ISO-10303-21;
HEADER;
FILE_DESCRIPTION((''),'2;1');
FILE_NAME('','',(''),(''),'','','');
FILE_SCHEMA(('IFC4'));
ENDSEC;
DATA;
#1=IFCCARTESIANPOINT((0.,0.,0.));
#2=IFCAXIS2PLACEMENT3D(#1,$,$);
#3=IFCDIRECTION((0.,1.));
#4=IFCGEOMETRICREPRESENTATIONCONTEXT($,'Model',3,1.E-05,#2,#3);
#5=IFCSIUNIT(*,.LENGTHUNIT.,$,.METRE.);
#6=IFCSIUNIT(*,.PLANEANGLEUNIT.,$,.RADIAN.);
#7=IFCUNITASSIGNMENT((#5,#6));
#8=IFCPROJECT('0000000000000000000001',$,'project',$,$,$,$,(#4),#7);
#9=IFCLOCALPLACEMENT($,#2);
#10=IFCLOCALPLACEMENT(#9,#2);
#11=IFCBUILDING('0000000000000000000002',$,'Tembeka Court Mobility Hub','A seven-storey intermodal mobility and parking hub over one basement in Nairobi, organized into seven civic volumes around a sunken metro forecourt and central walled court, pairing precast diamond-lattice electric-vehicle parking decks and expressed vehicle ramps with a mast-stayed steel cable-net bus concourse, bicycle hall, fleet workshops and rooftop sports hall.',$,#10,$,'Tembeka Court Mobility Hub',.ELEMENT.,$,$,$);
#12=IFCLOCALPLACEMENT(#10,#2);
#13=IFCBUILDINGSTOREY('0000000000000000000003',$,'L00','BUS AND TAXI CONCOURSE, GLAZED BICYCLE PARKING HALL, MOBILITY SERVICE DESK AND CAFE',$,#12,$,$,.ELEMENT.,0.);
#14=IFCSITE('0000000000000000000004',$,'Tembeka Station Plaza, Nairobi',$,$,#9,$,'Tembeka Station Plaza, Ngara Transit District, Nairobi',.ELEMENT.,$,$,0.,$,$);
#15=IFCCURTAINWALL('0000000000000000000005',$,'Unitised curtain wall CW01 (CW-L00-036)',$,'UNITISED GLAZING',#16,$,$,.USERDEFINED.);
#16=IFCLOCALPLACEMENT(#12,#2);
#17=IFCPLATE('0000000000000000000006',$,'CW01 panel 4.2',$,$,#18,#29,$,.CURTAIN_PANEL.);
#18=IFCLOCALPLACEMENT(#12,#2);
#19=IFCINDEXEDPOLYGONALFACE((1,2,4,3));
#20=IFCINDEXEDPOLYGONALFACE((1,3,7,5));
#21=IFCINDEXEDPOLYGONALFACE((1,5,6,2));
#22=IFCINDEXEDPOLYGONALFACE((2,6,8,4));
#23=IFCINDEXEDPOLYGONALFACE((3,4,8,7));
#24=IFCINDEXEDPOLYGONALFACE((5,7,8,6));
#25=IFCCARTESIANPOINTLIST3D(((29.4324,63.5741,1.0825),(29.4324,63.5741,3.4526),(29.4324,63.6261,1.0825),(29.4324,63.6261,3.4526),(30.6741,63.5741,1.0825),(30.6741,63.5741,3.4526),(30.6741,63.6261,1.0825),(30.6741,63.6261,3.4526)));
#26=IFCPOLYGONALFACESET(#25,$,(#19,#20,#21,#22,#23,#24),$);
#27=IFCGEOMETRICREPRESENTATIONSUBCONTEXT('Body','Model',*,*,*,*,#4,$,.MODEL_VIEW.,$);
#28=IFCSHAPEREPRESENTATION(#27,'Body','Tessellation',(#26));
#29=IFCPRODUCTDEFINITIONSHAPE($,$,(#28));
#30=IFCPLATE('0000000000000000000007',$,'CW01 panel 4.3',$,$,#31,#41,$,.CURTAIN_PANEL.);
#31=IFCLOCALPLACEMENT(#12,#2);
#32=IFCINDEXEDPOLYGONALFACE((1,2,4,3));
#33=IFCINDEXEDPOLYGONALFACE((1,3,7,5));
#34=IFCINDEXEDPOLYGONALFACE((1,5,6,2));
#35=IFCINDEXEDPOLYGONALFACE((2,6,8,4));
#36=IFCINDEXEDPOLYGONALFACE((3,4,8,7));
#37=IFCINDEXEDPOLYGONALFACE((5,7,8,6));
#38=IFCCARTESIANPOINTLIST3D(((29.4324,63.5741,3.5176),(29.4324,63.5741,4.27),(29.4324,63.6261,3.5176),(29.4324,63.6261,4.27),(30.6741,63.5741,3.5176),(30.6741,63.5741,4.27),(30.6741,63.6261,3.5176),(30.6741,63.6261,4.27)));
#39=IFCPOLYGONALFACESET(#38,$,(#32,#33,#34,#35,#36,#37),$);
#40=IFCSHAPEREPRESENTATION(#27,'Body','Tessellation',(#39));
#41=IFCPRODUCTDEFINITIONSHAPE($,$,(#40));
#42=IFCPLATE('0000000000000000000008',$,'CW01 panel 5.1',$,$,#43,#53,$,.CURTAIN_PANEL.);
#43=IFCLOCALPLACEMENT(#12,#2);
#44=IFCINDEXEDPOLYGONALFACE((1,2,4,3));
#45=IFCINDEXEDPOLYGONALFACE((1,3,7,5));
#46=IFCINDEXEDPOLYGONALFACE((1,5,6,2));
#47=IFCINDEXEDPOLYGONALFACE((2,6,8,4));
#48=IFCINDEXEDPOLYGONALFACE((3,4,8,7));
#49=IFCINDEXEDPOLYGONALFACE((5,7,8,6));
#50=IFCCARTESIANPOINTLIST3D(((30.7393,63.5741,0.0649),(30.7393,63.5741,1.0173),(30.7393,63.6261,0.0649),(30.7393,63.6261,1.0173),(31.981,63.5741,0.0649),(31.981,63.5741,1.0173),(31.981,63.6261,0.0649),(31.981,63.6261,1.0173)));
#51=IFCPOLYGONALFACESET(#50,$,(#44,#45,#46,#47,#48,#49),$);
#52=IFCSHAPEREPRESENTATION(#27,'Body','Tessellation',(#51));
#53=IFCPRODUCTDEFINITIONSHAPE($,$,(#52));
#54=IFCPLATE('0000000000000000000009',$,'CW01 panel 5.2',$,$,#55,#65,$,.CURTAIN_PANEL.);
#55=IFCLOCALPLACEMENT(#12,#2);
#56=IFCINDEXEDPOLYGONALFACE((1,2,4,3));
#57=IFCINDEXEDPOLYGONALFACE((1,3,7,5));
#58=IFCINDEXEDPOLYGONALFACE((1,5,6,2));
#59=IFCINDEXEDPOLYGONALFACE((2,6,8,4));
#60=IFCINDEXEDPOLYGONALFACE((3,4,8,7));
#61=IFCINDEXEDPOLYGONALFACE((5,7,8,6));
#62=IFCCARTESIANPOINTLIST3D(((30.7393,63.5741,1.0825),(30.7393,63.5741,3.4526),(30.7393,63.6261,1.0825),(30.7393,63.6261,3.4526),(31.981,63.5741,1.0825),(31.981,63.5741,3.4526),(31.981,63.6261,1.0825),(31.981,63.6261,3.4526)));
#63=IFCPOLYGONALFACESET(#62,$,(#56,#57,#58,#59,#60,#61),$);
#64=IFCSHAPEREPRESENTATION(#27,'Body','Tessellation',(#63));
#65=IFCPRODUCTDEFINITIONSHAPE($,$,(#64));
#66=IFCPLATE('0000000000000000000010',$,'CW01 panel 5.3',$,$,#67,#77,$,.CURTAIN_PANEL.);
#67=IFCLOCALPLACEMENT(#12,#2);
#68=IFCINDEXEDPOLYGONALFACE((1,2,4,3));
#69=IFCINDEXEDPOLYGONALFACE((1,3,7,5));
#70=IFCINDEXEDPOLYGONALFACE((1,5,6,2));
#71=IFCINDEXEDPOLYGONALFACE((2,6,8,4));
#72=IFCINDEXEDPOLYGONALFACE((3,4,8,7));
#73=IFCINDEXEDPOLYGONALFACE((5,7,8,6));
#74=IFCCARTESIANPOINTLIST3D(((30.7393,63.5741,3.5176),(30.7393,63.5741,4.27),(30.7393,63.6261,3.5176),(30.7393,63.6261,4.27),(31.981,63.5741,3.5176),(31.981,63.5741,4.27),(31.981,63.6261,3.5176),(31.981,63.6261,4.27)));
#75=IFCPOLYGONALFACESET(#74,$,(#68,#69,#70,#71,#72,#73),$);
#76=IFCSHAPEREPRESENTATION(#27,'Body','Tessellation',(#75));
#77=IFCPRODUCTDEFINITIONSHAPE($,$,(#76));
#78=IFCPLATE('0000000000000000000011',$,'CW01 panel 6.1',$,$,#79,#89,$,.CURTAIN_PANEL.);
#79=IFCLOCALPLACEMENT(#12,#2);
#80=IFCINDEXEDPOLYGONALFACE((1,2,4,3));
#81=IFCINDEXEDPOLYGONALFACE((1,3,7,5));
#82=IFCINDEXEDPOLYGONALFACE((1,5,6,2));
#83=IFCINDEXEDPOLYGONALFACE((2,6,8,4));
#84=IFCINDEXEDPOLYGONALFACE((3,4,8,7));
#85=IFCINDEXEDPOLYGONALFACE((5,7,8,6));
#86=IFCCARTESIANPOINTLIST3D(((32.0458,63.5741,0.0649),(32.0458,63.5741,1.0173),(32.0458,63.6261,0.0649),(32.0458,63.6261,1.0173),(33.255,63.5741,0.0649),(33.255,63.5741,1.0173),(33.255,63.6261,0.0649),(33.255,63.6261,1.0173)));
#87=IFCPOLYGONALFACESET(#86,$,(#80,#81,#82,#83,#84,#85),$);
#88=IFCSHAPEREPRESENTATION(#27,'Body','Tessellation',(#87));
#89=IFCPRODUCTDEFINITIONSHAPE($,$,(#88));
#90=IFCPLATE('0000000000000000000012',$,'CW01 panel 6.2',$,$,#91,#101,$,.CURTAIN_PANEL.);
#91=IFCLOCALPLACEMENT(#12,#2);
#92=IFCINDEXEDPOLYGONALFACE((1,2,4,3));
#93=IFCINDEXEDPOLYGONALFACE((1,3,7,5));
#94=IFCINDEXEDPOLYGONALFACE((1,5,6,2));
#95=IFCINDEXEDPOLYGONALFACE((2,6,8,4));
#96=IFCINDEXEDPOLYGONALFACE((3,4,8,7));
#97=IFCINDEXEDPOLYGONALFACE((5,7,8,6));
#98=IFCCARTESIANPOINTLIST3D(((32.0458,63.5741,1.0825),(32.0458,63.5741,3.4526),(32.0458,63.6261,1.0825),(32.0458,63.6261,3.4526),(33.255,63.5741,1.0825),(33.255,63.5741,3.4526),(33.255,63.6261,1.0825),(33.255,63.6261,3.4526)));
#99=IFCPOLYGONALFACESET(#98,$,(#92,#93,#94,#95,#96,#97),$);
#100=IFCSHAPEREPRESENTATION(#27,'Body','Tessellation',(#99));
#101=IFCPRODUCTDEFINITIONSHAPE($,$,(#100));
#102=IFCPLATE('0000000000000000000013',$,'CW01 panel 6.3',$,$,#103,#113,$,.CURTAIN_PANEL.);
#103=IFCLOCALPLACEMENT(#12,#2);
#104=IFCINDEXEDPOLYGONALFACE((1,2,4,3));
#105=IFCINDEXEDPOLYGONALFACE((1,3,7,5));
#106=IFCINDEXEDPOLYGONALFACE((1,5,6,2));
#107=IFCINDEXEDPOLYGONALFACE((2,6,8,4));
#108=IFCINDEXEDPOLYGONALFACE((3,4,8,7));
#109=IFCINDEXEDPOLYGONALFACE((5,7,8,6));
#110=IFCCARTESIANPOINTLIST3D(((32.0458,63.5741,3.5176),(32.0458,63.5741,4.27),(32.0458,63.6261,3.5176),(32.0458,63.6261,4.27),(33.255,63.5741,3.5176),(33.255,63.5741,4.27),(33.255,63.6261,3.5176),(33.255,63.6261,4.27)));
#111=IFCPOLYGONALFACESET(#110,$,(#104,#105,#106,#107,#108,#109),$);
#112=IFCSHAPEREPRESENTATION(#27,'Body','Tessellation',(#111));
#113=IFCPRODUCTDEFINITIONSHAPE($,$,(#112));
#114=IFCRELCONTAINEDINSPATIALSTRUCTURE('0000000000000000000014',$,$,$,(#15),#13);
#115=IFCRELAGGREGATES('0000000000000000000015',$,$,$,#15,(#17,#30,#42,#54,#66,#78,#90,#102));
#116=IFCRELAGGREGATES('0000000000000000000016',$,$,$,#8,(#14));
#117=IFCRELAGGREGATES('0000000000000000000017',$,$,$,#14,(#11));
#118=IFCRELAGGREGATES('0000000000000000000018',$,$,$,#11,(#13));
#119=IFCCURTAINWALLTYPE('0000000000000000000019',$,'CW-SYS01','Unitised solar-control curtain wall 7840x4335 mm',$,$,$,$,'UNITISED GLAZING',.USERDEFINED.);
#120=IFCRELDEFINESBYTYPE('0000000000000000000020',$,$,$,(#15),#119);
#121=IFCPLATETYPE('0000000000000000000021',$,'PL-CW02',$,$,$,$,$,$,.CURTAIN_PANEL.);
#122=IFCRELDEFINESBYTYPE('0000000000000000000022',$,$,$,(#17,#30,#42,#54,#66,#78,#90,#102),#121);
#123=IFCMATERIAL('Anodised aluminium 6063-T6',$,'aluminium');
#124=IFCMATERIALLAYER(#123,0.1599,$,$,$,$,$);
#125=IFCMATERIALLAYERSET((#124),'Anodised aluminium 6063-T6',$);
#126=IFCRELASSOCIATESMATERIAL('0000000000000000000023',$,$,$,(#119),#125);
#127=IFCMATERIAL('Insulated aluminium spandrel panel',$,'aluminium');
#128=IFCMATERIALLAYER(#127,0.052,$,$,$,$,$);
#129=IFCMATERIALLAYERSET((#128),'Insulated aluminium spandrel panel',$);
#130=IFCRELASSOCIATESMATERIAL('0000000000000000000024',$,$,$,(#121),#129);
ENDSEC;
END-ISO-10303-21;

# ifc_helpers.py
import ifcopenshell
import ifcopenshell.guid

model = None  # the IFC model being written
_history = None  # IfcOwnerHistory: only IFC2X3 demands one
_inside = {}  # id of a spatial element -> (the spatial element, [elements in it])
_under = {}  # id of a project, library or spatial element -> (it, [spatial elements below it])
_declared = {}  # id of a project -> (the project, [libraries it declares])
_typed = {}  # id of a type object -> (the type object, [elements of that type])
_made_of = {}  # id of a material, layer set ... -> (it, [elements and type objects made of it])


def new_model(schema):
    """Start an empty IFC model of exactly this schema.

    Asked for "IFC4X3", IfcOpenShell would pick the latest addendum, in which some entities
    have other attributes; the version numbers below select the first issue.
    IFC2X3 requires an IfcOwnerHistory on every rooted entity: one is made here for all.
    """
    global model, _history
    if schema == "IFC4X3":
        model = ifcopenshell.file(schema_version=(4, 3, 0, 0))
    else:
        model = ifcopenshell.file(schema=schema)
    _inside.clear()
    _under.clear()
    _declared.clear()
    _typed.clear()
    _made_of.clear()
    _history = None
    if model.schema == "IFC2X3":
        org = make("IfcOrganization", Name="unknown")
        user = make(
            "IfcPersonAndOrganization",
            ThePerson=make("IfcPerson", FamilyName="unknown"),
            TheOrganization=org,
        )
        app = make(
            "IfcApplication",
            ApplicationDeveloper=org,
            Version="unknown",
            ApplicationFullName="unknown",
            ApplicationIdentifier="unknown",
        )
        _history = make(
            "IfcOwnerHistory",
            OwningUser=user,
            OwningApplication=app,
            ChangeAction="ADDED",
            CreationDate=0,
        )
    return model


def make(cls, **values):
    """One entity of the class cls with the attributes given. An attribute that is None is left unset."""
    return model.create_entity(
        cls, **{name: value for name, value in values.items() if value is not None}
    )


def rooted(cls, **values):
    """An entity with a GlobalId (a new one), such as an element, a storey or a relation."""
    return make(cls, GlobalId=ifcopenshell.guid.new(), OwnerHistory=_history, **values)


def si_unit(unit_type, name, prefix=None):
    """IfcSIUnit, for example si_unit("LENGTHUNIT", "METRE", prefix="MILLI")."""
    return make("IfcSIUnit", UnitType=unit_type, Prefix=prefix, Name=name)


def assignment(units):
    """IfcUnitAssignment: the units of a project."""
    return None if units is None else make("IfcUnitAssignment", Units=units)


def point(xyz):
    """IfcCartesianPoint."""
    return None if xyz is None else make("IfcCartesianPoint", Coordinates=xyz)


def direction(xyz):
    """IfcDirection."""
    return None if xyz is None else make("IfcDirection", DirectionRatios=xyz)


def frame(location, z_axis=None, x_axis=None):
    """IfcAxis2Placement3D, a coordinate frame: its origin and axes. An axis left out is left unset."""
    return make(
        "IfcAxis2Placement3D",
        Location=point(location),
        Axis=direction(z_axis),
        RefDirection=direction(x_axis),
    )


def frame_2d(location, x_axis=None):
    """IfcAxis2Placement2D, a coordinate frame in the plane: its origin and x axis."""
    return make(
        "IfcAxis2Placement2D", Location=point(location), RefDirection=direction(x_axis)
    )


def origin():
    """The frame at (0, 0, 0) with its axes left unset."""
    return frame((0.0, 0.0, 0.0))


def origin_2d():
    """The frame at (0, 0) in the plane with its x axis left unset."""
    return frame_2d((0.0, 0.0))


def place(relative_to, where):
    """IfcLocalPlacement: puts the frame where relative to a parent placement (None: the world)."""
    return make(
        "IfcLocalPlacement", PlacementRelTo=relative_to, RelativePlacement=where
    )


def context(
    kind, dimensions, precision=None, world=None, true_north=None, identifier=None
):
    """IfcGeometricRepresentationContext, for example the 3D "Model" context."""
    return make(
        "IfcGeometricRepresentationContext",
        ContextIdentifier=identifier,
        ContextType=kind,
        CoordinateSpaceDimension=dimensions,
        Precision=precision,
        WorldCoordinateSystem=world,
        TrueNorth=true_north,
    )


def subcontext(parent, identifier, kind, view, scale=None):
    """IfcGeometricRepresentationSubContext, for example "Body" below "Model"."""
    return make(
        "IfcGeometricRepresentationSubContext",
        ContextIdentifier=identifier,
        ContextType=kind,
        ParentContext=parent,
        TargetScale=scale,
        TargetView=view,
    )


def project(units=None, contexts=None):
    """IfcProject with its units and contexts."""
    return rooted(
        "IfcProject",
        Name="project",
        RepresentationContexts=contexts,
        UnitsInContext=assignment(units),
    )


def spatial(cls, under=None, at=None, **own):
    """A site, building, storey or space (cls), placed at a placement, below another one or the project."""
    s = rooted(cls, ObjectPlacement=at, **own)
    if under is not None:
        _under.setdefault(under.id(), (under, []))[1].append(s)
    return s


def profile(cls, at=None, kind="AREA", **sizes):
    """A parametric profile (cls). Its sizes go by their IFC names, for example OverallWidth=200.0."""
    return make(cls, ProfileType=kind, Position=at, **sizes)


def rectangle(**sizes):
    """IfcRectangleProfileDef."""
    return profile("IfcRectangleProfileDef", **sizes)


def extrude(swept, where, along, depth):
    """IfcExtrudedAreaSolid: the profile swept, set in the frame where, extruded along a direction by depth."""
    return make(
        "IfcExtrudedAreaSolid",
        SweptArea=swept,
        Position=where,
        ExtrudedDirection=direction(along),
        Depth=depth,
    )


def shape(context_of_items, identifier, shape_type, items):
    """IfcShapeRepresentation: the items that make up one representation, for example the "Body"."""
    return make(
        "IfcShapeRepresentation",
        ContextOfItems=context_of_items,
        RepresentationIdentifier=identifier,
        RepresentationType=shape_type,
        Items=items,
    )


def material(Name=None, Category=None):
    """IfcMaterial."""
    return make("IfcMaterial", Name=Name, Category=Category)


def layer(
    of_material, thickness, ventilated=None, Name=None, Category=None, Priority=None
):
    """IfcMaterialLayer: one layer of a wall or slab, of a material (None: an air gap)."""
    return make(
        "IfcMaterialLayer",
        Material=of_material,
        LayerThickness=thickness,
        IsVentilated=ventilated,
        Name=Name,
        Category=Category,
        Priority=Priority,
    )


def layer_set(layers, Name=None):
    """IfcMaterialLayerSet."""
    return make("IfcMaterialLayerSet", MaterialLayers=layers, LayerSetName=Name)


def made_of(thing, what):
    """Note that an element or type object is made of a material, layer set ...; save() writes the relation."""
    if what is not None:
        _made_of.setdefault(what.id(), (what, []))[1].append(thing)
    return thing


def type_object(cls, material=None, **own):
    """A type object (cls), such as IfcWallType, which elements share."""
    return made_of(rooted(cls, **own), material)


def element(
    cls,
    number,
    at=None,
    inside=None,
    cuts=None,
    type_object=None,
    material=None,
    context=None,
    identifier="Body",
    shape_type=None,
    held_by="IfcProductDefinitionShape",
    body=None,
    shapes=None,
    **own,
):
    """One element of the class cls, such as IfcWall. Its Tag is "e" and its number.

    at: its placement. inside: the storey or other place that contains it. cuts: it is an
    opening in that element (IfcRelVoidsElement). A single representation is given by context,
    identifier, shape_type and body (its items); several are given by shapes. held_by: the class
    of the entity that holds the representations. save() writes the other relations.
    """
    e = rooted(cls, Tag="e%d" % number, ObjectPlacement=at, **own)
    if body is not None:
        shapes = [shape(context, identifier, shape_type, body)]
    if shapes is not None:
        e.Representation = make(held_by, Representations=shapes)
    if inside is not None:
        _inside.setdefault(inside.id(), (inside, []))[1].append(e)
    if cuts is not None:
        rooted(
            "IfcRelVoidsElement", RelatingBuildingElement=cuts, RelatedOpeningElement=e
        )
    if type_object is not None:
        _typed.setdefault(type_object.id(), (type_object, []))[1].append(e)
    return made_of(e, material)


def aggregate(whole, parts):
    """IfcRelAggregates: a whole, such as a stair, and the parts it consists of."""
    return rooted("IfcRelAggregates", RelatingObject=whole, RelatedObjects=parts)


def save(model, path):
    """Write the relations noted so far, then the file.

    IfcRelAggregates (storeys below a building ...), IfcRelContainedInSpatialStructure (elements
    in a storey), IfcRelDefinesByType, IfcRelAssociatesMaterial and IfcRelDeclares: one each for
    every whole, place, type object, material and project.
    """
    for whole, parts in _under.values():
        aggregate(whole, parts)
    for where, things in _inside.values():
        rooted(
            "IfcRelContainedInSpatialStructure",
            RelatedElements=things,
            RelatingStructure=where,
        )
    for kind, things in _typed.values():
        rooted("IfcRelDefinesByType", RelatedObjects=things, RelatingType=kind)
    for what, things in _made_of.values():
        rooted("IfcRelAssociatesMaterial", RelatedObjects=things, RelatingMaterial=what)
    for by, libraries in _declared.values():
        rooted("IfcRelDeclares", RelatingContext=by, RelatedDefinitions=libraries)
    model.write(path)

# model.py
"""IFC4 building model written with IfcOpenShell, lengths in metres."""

from ifc_helpers import new_model, si_unit, direction, frame, origin, origin_2d, place, context, subcontext, project, spatial, rectangle, extrude, material, layer, layer_set, type_object, element, aggregate, save


model = new_model("IFC4")

# Units and contexts
model_context = context("Model", 3, precision=1e-05, world=origin(), true_north=direction((0.0, 1.0)))
body_context = subcontext(model_context, "Body", "Model", "MODEL_VIEW")
ifc_project = project(units=[si_unit("LENGTHUNIT", "METRE"), si_unit("PLANEANGLEUNIT", "RADIAN")], contexts=[model_context])

# Site, building, storey
site_placement = place(None, origin())
site = spatial("IfcSite", under=ifc_project, at=site_placement, Name="Tembeka Station Plaza, Nairobi", LongName="Tembeka Station Plaza, Ngara Transit District, Nairobi", CompositionType="ELEMENT", RefElevation=0.0)
building_placement = place(site_placement, origin())
building = spatial("IfcBuilding", under=site, at=building_placement, Name="Tembeka Court Mobility Hub", Description="A seven-storey intermodal mobility and parking hub over one basement in Nairobi, organized into seven civic volumes around a sunken metro forecourt and central walled court, pairing precast diamond-lattice electric-vehicle parking decks and expressed vehicle ramps with a mast-stayed steel cable-net bus concourse, bicycle hall, fleet workshops and rooftop sports hall.", LongName="Tembeka Court Mobility Hub", CompositionType="ELEMENT")
storey_placement = place(building_placement, origin())
storey = spatial("IfcBuildingStorey", under=building, at=storey_placement, Name="L00", Description="BUS AND TAXI CONCOURSE, GLAZED BICYCLE PARKING HALL, MOBILITY SERVICE DESK AND CAFE", CompositionType="ELEMENT", Elevation=0.0)

# Curtain wall, plates
ifc_material_1 = material(Name="Anodised aluminium 6063-T6", Category="aluminium")
ifc_layer_1 = layer(ifc_material_1, 0.1599)
ifc_layer_set_1 = layer_set([ifc_layer_1], Name="Anodised aluminium 6063-T6")
curtain_wall_type = type_object("IfcCurtainWallType", Name="CW-SYS01", Description="Unitised solar-control curtain wall 7840x4335 mm", ElementType="UNITISED GLAZING", PredefinedType="USERDEFINED", material=ifc_layer_set_1)
curtain_wall_placement = place(storey_placement, origin())
curtain_wall = element("IfcCurtainWall", 1, at=curtain_wall_placement, inside=storey, type_object=curtain_wall_type, Name="Unitised curtain wall CW01 (CW-L00-036)", ObjectType="UNITISED GLAZING", PredefinedType="USERDEFINED")
ifc_material_2 = material(Name="Insulated aluminium spandrel panel", Category="aluminium")
ifc_layer_2 = layer(ifc_material_2, 0.052)
ifc_layer_set_2 = layer_set([ifc_layer_2], Name="Insulated aluminium spandrel panel")
plate_type = type_object("IfcPlateType", Name="PL-CW02", PredefinedType="CURTAIN_PANEL", material=ifc_layer_set_2)
plate_1_placement = place(storey_placement, frame((30.0532, 63.6001, 1.0825), z_axis=(0.0, 0.0, 1.0), x_axis=(1.0, 0.0, 0.0)))
plate_1 = element("IfcPlate", 2, at=plate_1_placement, type_object=plate_type, Name="CW01 panel 4.2", PredefinedType="CURTAIN_PANEL", context=body_context, shape_type="SweptSolid", body=[
    extrude(rectangle(XDim=1.2417, YDim=0.052, at=origin_2d()), origin(), (0.0, 0.0, 1.0), 2.3701),
])
plate_2_placement = place(storey_placement, frame((30.0532, 63.6001, 3.5176), z_axis=(0.0, 0.0, 1.0), x_axis=(1.0, 0.0, 0.0)))
plate_2 = element("IfcPlate", 3, at=plate_2_placement, type_object=plate_type, Name="CW01 panel 4.3", PredefinedType="CURTAIN_PANEL", context=body_context, shape_type="SweptSolid", body=[
    extrude(rectangle(XDim=1.2417, YDim=0.052, at=origin_2d()), origin(), (0.0, 0.0, 1.0), 0.7524),
])
plate_3_placement = place(storey_placement, frame((31.3601, 63.6001, 0.0649), z_axis=(0.0, 0.0, 1.0), x_axis=(1.0, 0.0, 0.0)))
plate_3 = element("IfcPlate", 4, at=plate_3_placement, type_object=plate_type, Name="CW01 panel 5.1", PredefinedType="CURTAIN_PANEL", context=body_context, shape_type="SweptSolid", body=[
    extrude(rectangle(XDim=1.2417, YDim=0.052, at=origin_2d()), origin(), (0.0, 0.0, 1.0), 0.9524),
])
plate_4_placement = place(storey_placement, frame((31.3601, 63.6001, 1.0825), z_axis=(0.0, 0.0, 1.0), x_axis=(1.0, 0.0, 0.0)))
plate_4 = element("IfcPlate", 5, at=plate_4_placement, type_object=plate_type, Name="CW01 panel 5.2", PredefinedType="CURTAIN_PANEL", context=body_context, shape_type="SweptSolid", body=[
    extrude(rectangle(XDim=1.2417, YDim=0.052, at=origin_2d()), origin(), (0.0, 0.0, 1.0), 2.3701),
])
plate_5_placement = place(storey_placement, frame((31.3601, 63.6001, 3.5176), z_axis=(0.0, 0.0, 1.0), x_axis=(1.0, 0.0, 0.0)))
plate_5 = element("IfcPlate", 6, at=plate_5_placement, type_object=plate_type, Name="CW01 panel 5.3", PredefinedType="CURTAIN_PANEL", context=body_context, shape_type="SweptSolid", body=[
    extrude(rectangle(XDim=1.2417, YDim=0.052, at=origin_2d()), origin(), (0.0, 0.0, 1.0), 0.7524),
])
plate_6_placement = place(storey_placement, frame((32.6504, 63.6001, 0.0649), z_axis=(0.0, 0.0, 1.0), x_axis=(1.0, 0.0, 0.0)))
plate_6 = element("IfcPlate", 7, at=plate_6_placement, type_object=plate_type, Name="CW01 panel 6.1", PredefinedType="CURTAIN_PANEL", context=body_context, shape_type="SweptSolid", body=[
    extrude(rectangle(XDim=1.2092, YDim=0.052, at=origin_2d()), origin(), (0.0, 0.0, 1.0), 0.9524),
])
plate_7_placement = place(storey_placement, frame((32.6504, 63.6001, 1.0825), z_axis=(0.0, 0.0, 1.0), x_axis=(1.0, 0.0, 0.0)))
plate_7 = element("IfcPlate", 8, at=plate_7_placement, type_object=plate_type, Name="CW01 panel 6.2", PredefinedType="CURTAIN_PANEL", context=body_context, shape_type="SweptSolid", body=[
    extrude(rectangle(XDim=1.2092, YDim=0.052, at=origin_2d()), origin(), (0.0, 0.0, 1.0), 2.3701),
])
plate_8_placement = place(storey_placement, frame((32.6504, 63.6001, 3.5176), z_axis=(0.0, 0.0, 1.0), x_axis=(1.0, 0.0, 0.0)))
plate_8 = element("IfcPlate", 9, at=plate_8_placement, type_object=plate_type, Name="CW01 panel 6.3", PredefinedType="CURTAIN_PANEL", context=body_context, shape_type="SweptSolid", body=[
    extrude(rectangle(XDim=1.2092, YDim=0.052, at=origin_2d()), origin(), (0.0, 0.0, 1.0), 0.7524),
])
aggregate(curtain_wall, [plate_1, plate_2, plate_3, plate_4, plate_5, plate_6, plate_7, plate_8])

save(model, "model.ifc")
